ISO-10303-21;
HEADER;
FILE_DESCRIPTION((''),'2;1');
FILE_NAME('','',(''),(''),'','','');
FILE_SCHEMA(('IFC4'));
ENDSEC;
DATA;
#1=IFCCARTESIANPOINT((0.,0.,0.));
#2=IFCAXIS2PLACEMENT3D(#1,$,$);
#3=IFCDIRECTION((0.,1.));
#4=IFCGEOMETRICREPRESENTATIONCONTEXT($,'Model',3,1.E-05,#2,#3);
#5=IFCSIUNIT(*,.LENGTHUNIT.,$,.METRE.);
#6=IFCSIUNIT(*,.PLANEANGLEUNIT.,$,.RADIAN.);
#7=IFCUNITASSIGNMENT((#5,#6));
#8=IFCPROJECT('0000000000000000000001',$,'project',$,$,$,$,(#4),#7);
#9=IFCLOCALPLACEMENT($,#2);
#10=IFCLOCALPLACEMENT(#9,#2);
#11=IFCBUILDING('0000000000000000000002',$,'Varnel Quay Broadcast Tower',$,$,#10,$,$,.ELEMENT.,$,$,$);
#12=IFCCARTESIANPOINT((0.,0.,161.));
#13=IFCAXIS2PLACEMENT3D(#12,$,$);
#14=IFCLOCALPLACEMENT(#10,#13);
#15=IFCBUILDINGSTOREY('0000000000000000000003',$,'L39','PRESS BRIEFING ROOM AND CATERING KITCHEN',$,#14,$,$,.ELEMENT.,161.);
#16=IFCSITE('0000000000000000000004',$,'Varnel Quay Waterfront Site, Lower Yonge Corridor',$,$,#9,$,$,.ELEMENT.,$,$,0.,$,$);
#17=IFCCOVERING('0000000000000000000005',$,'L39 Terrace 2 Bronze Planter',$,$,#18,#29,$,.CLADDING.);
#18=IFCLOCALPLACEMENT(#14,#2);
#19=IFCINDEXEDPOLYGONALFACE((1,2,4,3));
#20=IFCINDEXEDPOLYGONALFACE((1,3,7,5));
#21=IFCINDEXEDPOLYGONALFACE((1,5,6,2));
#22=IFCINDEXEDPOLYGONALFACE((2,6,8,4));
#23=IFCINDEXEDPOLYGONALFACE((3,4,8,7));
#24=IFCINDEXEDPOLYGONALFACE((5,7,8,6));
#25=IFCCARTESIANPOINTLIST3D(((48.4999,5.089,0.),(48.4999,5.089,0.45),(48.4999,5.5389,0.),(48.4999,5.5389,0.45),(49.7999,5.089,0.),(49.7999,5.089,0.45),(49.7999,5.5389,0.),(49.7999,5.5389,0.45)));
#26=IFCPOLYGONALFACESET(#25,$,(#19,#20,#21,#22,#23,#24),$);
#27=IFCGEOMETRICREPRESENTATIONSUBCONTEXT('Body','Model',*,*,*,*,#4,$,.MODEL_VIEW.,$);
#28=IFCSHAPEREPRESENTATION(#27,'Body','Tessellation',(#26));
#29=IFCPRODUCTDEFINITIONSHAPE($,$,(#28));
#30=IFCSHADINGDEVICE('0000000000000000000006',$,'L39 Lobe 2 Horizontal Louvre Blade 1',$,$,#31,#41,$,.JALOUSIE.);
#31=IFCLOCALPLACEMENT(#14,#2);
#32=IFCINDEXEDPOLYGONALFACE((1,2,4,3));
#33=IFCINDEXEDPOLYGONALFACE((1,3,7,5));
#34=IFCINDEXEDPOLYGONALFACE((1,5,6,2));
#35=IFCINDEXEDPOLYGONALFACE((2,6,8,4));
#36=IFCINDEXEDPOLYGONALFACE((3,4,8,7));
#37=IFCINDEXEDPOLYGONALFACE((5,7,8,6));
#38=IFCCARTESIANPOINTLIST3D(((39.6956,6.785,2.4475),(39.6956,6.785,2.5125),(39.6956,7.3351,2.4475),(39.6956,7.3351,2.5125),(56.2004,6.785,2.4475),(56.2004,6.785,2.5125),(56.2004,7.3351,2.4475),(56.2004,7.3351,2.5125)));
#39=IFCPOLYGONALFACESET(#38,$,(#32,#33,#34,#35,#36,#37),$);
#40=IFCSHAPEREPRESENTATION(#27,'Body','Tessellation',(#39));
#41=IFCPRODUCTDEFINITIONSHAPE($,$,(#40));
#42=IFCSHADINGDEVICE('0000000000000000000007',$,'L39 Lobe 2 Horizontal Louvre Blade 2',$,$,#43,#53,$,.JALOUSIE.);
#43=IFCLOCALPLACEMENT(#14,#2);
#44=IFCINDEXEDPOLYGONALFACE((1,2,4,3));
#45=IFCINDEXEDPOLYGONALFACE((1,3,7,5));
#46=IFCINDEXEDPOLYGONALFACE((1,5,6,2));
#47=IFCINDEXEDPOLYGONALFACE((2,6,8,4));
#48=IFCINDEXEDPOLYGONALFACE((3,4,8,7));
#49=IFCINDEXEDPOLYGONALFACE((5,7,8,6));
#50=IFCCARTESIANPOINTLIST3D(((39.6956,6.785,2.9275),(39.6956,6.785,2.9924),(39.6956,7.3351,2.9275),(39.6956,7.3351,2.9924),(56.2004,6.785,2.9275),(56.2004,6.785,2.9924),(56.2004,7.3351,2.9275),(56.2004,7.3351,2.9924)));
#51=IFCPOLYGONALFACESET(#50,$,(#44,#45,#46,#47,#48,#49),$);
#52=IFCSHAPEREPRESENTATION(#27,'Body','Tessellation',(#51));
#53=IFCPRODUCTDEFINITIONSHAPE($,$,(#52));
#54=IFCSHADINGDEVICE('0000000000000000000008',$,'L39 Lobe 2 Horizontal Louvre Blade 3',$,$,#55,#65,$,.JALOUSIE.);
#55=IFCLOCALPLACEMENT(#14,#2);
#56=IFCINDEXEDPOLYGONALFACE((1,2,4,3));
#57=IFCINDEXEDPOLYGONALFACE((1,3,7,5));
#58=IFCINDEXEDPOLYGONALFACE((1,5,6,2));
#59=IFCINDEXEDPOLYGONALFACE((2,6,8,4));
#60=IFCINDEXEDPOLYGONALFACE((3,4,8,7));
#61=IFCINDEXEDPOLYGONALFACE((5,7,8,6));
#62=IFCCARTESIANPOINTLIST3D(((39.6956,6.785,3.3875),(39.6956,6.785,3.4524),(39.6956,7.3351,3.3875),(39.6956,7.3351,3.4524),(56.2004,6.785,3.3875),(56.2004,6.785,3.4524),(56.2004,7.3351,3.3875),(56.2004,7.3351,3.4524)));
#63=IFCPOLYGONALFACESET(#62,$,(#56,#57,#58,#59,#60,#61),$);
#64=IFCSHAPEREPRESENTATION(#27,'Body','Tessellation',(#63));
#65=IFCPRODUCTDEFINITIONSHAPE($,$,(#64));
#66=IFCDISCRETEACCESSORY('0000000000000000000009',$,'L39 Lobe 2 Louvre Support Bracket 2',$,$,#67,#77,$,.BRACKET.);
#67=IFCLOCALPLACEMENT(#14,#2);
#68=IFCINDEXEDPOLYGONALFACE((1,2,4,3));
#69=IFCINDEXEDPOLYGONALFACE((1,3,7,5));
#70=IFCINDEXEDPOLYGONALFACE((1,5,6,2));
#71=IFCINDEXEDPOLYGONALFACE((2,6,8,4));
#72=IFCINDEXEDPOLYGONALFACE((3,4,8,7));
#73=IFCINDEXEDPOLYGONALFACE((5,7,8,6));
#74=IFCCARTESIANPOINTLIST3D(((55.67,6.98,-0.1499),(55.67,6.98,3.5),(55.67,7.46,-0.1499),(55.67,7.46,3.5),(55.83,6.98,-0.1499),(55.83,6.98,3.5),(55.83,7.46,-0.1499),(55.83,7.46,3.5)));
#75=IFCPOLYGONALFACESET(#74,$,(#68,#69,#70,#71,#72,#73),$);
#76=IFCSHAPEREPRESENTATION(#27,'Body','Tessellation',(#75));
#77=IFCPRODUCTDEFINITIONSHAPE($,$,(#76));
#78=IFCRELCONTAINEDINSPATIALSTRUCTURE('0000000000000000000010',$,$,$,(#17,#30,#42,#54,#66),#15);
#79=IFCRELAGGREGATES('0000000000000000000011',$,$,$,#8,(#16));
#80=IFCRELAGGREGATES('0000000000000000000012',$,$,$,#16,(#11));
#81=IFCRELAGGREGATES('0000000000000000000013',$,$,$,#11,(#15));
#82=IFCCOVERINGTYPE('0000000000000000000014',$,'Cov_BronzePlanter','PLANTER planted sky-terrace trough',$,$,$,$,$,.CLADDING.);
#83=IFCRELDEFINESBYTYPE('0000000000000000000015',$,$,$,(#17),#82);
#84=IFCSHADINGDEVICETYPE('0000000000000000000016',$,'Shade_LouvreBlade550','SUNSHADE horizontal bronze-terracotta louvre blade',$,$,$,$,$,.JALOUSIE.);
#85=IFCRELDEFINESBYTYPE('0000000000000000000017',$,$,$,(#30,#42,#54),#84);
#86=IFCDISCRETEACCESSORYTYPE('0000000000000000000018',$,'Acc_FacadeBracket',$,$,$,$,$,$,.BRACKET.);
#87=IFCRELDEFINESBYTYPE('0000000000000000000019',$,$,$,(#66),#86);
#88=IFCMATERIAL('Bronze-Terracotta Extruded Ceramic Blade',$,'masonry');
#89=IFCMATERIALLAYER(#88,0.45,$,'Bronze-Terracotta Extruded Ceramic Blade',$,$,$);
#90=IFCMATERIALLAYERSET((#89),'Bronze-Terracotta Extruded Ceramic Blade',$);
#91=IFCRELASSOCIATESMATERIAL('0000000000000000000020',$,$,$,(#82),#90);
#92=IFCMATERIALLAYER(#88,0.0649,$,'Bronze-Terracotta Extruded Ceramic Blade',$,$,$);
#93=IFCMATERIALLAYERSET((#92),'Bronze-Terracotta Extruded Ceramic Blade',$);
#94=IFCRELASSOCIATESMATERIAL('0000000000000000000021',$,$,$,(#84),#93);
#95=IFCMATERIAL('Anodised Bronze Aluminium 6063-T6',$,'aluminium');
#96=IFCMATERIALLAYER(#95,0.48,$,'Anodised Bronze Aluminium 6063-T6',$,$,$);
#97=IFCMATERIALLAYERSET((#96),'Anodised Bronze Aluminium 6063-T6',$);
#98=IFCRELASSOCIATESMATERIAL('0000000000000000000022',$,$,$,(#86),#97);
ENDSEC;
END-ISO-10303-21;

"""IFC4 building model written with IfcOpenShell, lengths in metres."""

from ifc_helpers import new_model, si_unit, direction, frame, origin, origin_2d, place, context, subcontext, project, spatial, rectangle, extrude, source, transform, mapped, material, layer, layer_set, type_object, type_shapes, element, save


model = new_model("IFC4")

# Units and contexts
model_context = context("Model", 3, precision=1e-05, world=origin(), true_north=direction((0.0, 1.0)))
body_context = subcontext(model_context, "Body", "Model", "MODEL_VIEW")
ifc_project = project(units=[si_unit("LENGTHUNIT", "METRE"), si_unit("PLANEANGLEUNIT", "RADIAN")], contexts=[model_context])

# Site, building, storey
site_placement = place(None, origin())
site = spatial("IfcSite", under=ifc_project, at=site_placement, Name="Varnel Quay Waterfront Site, Lower Yonge Corridor", CompositionType="ELEMENT", RefElevation=0.0)
building_placement = place(site_placement, origin())
building = spatial("IfcBuilding", under=site, at=building_placement, Name="Varnel Quay Broadcast Tower", CompositionType="ELEMENT")
storey_placement = place(building_placement, frame((0.0, 0.0, 161.0)))
storey = spatial("IfcBuildingStorey", under=building, at=storey_placement, Name="L39", Description="PRESS BRIEFING ROOM AND CATERING KITCHEN", CompositionType="ELEMENT", Elevation=161.0)

# Shared definitions
ifc_material_1 = material(Name="Anodised Bronze Aluminium 6063-T6", Category="aluminium")

# Covering
ifc_material_2 = material(Name="Bronze-Terracotta Extruded Ceramic Blade", Category="masonry")
ifc_layer_1 = layer(ifc_material_2, 0.45, Name="Bronze-Terracotta Extruded Ceramic Blade")
ifc_layer_set_1 = layer_set([ifc_layer_1], Name="Bronze-Terracotta Extruded Ceramic Blade")
covering_type = type_object("IfcCoveringType", Name="Cov_BronzePlanter", Description="PLANTER planted sky-terrace trough", PredefinedType="CLADDING", material=ifc_layer_set_1)
shared_shape_1 = source(origin(), body_context, "Body", "SweptSolid", [
    extrude(rectangle(XDim=1.3, YDim=0.45, at=origin_2d()), origin(), (0.0, 0.0, 1.0), 0.45),
])
type_shapes(covering_type, [shared_shape_1])
covering_placement = place(storey_placement, frame((49.1499, 5.314, 0.0), z_axis=(0.0, 0.0, 1.0), x_axis=(1.0, 0.0, 0.0)))
element("IfcCovering", 1, at=covering_placement, inside=storey, type_object=covering_type, Name="L39 Terrace 2 Bronze Planter", PredefinedType="CLADDING", context=body_context, shape_type="MappedRepresentation", body=[
    mapped(shared_shape_1, transform((0.0, 0.0, 0.0), x_axis=(1.0, 0.0, 0.0), y_axis=(0.0, 1.0, 0.0), z_axis=(0.0, 0.0, 1.0), scale=1.0)),
])

# Shading devices
ifc_layer_2 = layer(ifc_material_2, 0.0649, Name="Bronze-Terracotta Extruded Ceramic Blade")
ifc_layer_set_2 = layer_set([ifc_layer_2], Name="Bronze-Terracotta Extruded Ceramic Blade")
shading_device_type = type_object("IfcShadingDeviceType", Name="Shade_LouvreBlade550", Description="SUNSHADE horizontal bronze-terracotta louvre blade", PredefinedType="JALOUSIE", material=ifc_layer_set_2)
shared_shape_2 = source(origin(), body_context, "Body", "SweptSolid", [
    extrude(rectangle(XDim=16.5049, YDim=0.55, at=origin_2d()), origin(), (0.0, 0.0, 1.0), 0.0649),
])
type_shapes(shading_device_type, [shared_shape_2])
for number, where, z_axis, x_axis, name in (
    (2, (47.948, 7.0601, 2.4475), (0.0, 0.0, 1.0), (1.0, 0.0, 0.0), "L39 Lobe 2 Horizontal Louvre Blade 1"),
    (3, (47.948, 7.0601, 2.9275), (0.0, 0.0, 1.0), (1.0, 0.0, 0.0), "L39 Lobe 2 Horizontal Louvre Blade 2"),
    (4, (47.948, 7.0601, 3.3875), (0.0, 0.0, 1.0), (1.0, 0.0, 0.0), "L39 Lobe 2 Horizontal Louvre Blade 3"),
):
    element("IfcShadingDevice", number, at=place(storey_placement, frame(where, z_axis=z_axis, x_axis=x_axis)), inside=storey, type_object=shading_device_type, Name=name, PredefinedType="JALOUSIE", context=body_context, shape_type="MappedRepresentation", body=[
        mapped(shared_shape_2, transform((0.0, 0.0, 0.0), x_axis=(1.0, 0.0, 0.0), y_axis=(0.0, 1.0, 0.0), z_axis=(0.0, 0.0, 1.0), scale=1.0)),
    ])

# Discrete accessory
ifc_layer_3 = layer(ifc_material_1, 0.48, Name="Anodised Bronze Aluminium 6063-T6")
ifc_layer_set_3 = layer_set([ifc_layer_3], Name="Anodised Bronze Aluminium 6063-T6")
discrete_accessory_type = type_object("IfcDiscreteAccessoryType", Name="Acc_FacadeBracket", PredefinedType="BRACKET", material=ifc_layer_set_3)
shared_shape_3 = source(origin(), body_context, "Body", "SweptSolid", [
    extrude(rectangle(XDim=0.1599, YDim=0.48, at=origin_2d()), origin(), (0.0, 0.0, 1.0), 3.6499),
])
type_shapes(discrete_accessory_type, [shared_shape_3])
discrete_accessory_placement = place(storey_placement, frame((55.75, 7.22, -0.1499), z_axis=(0.0, 0.0, 1.0), x_axis=(1.0, 0.0, 0.0)))
element("IfcDiscreteAccessory", 5, at=discrete_accessory_placement, inside=storey, type_object=discrete_accessory_type, Name="L39 Lobe 2 Louvre Support Bracket 2", PredefinedType="BRACKET", context=body_context, shape_type="MappedRepresentation", body=[
    mapped(shared_shape_3, transform((0.0, 0.0, 0.0), x_axis=(1.0, 0.0, 0.0), y_axis=(0.0, 1.0, 0.0), z_axis=(0.0, 0.0, 1.0), scale=1.0)),
])

save(model, "model.ifc")
